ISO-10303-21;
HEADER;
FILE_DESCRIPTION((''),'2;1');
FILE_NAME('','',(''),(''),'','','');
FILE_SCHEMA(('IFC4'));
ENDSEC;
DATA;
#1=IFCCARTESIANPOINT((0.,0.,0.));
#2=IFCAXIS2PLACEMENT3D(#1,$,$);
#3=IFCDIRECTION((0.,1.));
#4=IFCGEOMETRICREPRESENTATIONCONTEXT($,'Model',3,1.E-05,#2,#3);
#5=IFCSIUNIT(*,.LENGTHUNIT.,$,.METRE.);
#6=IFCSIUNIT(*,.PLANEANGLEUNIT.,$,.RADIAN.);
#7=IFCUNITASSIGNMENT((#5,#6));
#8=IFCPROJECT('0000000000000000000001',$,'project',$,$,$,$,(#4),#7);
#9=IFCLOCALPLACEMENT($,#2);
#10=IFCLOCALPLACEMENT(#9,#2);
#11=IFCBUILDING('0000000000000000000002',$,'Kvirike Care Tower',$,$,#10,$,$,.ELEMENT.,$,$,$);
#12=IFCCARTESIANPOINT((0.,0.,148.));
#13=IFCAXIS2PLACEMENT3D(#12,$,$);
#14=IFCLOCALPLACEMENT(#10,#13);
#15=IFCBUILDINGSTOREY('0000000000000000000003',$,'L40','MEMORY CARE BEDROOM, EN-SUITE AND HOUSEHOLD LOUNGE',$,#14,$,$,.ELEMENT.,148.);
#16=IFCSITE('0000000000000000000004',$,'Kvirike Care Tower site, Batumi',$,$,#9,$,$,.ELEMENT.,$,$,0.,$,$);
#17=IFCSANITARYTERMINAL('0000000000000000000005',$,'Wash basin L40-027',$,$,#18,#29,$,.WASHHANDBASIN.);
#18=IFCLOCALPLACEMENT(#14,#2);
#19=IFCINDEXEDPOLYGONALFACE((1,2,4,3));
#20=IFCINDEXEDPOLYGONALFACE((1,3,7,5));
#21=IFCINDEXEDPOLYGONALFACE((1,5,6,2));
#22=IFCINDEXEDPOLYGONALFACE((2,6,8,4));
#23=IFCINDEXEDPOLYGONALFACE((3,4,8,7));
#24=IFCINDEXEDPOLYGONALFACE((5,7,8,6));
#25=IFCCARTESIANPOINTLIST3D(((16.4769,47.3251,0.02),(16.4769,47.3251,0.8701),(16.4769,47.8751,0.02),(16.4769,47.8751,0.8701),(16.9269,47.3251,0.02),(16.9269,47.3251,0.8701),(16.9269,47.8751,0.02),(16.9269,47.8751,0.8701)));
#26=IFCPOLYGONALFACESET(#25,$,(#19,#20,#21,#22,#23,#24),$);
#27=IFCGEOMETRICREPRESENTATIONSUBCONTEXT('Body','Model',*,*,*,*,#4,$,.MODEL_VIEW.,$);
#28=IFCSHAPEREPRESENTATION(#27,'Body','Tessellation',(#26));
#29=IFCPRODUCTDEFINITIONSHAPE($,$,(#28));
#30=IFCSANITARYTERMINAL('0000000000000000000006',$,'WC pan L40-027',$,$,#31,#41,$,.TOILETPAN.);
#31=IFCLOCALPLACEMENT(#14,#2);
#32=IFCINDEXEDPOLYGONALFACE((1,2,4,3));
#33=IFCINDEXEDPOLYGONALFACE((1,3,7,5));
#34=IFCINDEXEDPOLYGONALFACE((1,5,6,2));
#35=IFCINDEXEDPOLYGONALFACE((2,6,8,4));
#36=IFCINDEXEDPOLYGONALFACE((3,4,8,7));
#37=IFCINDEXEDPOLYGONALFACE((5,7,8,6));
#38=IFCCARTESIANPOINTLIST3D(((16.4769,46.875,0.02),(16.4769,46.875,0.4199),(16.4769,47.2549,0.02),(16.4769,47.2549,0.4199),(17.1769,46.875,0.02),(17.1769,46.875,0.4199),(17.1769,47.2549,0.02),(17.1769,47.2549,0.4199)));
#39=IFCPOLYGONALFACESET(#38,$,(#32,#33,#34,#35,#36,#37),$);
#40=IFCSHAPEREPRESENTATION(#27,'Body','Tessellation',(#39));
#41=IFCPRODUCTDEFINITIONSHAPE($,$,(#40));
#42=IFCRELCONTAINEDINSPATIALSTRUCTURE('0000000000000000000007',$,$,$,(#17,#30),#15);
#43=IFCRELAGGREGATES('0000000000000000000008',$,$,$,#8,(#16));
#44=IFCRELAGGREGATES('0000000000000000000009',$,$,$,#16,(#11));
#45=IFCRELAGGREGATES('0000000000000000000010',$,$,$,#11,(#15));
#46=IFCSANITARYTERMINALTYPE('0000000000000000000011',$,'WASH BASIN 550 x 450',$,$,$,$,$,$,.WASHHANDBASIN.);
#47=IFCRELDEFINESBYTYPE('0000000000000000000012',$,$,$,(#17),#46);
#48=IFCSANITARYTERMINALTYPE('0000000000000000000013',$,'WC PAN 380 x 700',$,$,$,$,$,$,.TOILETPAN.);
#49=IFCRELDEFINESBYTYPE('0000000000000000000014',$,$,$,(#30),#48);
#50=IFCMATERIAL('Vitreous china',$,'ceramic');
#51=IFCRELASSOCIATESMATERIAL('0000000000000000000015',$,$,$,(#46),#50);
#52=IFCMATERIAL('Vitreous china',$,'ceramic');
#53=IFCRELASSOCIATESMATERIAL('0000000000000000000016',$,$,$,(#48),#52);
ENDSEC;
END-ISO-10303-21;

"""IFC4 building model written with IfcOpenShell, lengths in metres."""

from ifc_helpers import new_model, si_unit, direction, frame, origin, origin_2d, place, context, subcontext, project, spatial, rectangle, extrude, material, type_object, element, save


model = new_model("IFC4")

# Units and contexts
model_context = context("Model", 3, precision=1e-05, world=origin(), true_north=direction((0.0, 1.0)))
body_context = subcontext(model_context, "Body", "Model", "MODEL_VIEW")
ifc_project = project(units=[si_unit("LENGTHUNIT", "METRE"), si_unit("PLANEANGLEUNIT", "RADIAN")], contexts=[model_context])

# Site, building, storey
site_placement = place(None, origin())
site = spatial("IfcSite", under=ifc_project, at=site_placement, Name="Kvirike Care Tower site, Batumi", CompositionType="ELEMENT", RefElevation=0.0)
building_placement = place(site_placement, origin())
building = spatial("IfcBuilding", under=site, at=building_placement, Name="Kvirike Care Tower", CompositionType="ELEMENT")
storey_placement = place(building_placement, frame((0.0, 0.0, 148.0)))
storey = spatial("IfcBuildingStorey", under=building, at=storey_placement, Name="L40", Description="MEMORY CARE BEDROOM, EN-SUITE AND HOUSEHOLD LOUNGE", CompositionType="ELEMENT", Elevation=148.0)

# Sanitary terminals
ifc_material_1 = material(Name="Vitreous china", Category="ceramic")
sanitary_terminal_type_1 = type_object("IfcSanitaryTerminalType", Name="WASH BASIN 550 x 450", PredefinedType="WASHHANDBASIN", material=ifc_material_1)
sanitary_terminal_1_placement = place(storey_placement, frame((16.7019, 47.6001, 0.02), z_axis=(0.0, 0.0, 1.0), x_axis=(0.0, 1.0, 0.0)))
element("IfcSanitaryTerminal", 1, at=sanitary_terminal_1_placement, inside=storey, type_object=sanitary_terminal_type_1, Name="Wash basin L40-027", PredefinedType="WASHHANDBASIN", context=body_context, shape_type="SweptSolid", body=[
    extrude(rectangle(XDim=0.55, YDim=0.45, at=origin_2d()), origin(), (0.0, 0.0, 1.0), 0.8501),
])
ifc_material_2 = material(Name="Vitreous china", Category="ceramic")
sanitary_terminal_type_2 = type_object("IfcSanitaryTerminalType", Name="WC PAN 380 x 700", PredefinedType="TOILETPAN", material=ifc_material_2)
sanitary_terminal_2_placement = place(storey_placement, frame((16.8269, 47.0649, 0.02), z_axis=(0.0, 0.0, 1.0), x_axis=(0.0, 1.0, 0.0)))
element("IfcSanitaryTerminal", 2, at=sanitary_terminal_2_placement, inside=storey, type_object=sanitary_terminal_type_2, Name="WC pan L40-027", PredefinedType="TOILETPAN", context=body_context, shape_type="SweptSolid", body=[
    extrude(rectangle(XDim=0.3799, YDim=0.7, at=origin_2d()), origin(), (0.0, 0.0, 1.0), 0.3999),
])

save(model, "model.ifc")
